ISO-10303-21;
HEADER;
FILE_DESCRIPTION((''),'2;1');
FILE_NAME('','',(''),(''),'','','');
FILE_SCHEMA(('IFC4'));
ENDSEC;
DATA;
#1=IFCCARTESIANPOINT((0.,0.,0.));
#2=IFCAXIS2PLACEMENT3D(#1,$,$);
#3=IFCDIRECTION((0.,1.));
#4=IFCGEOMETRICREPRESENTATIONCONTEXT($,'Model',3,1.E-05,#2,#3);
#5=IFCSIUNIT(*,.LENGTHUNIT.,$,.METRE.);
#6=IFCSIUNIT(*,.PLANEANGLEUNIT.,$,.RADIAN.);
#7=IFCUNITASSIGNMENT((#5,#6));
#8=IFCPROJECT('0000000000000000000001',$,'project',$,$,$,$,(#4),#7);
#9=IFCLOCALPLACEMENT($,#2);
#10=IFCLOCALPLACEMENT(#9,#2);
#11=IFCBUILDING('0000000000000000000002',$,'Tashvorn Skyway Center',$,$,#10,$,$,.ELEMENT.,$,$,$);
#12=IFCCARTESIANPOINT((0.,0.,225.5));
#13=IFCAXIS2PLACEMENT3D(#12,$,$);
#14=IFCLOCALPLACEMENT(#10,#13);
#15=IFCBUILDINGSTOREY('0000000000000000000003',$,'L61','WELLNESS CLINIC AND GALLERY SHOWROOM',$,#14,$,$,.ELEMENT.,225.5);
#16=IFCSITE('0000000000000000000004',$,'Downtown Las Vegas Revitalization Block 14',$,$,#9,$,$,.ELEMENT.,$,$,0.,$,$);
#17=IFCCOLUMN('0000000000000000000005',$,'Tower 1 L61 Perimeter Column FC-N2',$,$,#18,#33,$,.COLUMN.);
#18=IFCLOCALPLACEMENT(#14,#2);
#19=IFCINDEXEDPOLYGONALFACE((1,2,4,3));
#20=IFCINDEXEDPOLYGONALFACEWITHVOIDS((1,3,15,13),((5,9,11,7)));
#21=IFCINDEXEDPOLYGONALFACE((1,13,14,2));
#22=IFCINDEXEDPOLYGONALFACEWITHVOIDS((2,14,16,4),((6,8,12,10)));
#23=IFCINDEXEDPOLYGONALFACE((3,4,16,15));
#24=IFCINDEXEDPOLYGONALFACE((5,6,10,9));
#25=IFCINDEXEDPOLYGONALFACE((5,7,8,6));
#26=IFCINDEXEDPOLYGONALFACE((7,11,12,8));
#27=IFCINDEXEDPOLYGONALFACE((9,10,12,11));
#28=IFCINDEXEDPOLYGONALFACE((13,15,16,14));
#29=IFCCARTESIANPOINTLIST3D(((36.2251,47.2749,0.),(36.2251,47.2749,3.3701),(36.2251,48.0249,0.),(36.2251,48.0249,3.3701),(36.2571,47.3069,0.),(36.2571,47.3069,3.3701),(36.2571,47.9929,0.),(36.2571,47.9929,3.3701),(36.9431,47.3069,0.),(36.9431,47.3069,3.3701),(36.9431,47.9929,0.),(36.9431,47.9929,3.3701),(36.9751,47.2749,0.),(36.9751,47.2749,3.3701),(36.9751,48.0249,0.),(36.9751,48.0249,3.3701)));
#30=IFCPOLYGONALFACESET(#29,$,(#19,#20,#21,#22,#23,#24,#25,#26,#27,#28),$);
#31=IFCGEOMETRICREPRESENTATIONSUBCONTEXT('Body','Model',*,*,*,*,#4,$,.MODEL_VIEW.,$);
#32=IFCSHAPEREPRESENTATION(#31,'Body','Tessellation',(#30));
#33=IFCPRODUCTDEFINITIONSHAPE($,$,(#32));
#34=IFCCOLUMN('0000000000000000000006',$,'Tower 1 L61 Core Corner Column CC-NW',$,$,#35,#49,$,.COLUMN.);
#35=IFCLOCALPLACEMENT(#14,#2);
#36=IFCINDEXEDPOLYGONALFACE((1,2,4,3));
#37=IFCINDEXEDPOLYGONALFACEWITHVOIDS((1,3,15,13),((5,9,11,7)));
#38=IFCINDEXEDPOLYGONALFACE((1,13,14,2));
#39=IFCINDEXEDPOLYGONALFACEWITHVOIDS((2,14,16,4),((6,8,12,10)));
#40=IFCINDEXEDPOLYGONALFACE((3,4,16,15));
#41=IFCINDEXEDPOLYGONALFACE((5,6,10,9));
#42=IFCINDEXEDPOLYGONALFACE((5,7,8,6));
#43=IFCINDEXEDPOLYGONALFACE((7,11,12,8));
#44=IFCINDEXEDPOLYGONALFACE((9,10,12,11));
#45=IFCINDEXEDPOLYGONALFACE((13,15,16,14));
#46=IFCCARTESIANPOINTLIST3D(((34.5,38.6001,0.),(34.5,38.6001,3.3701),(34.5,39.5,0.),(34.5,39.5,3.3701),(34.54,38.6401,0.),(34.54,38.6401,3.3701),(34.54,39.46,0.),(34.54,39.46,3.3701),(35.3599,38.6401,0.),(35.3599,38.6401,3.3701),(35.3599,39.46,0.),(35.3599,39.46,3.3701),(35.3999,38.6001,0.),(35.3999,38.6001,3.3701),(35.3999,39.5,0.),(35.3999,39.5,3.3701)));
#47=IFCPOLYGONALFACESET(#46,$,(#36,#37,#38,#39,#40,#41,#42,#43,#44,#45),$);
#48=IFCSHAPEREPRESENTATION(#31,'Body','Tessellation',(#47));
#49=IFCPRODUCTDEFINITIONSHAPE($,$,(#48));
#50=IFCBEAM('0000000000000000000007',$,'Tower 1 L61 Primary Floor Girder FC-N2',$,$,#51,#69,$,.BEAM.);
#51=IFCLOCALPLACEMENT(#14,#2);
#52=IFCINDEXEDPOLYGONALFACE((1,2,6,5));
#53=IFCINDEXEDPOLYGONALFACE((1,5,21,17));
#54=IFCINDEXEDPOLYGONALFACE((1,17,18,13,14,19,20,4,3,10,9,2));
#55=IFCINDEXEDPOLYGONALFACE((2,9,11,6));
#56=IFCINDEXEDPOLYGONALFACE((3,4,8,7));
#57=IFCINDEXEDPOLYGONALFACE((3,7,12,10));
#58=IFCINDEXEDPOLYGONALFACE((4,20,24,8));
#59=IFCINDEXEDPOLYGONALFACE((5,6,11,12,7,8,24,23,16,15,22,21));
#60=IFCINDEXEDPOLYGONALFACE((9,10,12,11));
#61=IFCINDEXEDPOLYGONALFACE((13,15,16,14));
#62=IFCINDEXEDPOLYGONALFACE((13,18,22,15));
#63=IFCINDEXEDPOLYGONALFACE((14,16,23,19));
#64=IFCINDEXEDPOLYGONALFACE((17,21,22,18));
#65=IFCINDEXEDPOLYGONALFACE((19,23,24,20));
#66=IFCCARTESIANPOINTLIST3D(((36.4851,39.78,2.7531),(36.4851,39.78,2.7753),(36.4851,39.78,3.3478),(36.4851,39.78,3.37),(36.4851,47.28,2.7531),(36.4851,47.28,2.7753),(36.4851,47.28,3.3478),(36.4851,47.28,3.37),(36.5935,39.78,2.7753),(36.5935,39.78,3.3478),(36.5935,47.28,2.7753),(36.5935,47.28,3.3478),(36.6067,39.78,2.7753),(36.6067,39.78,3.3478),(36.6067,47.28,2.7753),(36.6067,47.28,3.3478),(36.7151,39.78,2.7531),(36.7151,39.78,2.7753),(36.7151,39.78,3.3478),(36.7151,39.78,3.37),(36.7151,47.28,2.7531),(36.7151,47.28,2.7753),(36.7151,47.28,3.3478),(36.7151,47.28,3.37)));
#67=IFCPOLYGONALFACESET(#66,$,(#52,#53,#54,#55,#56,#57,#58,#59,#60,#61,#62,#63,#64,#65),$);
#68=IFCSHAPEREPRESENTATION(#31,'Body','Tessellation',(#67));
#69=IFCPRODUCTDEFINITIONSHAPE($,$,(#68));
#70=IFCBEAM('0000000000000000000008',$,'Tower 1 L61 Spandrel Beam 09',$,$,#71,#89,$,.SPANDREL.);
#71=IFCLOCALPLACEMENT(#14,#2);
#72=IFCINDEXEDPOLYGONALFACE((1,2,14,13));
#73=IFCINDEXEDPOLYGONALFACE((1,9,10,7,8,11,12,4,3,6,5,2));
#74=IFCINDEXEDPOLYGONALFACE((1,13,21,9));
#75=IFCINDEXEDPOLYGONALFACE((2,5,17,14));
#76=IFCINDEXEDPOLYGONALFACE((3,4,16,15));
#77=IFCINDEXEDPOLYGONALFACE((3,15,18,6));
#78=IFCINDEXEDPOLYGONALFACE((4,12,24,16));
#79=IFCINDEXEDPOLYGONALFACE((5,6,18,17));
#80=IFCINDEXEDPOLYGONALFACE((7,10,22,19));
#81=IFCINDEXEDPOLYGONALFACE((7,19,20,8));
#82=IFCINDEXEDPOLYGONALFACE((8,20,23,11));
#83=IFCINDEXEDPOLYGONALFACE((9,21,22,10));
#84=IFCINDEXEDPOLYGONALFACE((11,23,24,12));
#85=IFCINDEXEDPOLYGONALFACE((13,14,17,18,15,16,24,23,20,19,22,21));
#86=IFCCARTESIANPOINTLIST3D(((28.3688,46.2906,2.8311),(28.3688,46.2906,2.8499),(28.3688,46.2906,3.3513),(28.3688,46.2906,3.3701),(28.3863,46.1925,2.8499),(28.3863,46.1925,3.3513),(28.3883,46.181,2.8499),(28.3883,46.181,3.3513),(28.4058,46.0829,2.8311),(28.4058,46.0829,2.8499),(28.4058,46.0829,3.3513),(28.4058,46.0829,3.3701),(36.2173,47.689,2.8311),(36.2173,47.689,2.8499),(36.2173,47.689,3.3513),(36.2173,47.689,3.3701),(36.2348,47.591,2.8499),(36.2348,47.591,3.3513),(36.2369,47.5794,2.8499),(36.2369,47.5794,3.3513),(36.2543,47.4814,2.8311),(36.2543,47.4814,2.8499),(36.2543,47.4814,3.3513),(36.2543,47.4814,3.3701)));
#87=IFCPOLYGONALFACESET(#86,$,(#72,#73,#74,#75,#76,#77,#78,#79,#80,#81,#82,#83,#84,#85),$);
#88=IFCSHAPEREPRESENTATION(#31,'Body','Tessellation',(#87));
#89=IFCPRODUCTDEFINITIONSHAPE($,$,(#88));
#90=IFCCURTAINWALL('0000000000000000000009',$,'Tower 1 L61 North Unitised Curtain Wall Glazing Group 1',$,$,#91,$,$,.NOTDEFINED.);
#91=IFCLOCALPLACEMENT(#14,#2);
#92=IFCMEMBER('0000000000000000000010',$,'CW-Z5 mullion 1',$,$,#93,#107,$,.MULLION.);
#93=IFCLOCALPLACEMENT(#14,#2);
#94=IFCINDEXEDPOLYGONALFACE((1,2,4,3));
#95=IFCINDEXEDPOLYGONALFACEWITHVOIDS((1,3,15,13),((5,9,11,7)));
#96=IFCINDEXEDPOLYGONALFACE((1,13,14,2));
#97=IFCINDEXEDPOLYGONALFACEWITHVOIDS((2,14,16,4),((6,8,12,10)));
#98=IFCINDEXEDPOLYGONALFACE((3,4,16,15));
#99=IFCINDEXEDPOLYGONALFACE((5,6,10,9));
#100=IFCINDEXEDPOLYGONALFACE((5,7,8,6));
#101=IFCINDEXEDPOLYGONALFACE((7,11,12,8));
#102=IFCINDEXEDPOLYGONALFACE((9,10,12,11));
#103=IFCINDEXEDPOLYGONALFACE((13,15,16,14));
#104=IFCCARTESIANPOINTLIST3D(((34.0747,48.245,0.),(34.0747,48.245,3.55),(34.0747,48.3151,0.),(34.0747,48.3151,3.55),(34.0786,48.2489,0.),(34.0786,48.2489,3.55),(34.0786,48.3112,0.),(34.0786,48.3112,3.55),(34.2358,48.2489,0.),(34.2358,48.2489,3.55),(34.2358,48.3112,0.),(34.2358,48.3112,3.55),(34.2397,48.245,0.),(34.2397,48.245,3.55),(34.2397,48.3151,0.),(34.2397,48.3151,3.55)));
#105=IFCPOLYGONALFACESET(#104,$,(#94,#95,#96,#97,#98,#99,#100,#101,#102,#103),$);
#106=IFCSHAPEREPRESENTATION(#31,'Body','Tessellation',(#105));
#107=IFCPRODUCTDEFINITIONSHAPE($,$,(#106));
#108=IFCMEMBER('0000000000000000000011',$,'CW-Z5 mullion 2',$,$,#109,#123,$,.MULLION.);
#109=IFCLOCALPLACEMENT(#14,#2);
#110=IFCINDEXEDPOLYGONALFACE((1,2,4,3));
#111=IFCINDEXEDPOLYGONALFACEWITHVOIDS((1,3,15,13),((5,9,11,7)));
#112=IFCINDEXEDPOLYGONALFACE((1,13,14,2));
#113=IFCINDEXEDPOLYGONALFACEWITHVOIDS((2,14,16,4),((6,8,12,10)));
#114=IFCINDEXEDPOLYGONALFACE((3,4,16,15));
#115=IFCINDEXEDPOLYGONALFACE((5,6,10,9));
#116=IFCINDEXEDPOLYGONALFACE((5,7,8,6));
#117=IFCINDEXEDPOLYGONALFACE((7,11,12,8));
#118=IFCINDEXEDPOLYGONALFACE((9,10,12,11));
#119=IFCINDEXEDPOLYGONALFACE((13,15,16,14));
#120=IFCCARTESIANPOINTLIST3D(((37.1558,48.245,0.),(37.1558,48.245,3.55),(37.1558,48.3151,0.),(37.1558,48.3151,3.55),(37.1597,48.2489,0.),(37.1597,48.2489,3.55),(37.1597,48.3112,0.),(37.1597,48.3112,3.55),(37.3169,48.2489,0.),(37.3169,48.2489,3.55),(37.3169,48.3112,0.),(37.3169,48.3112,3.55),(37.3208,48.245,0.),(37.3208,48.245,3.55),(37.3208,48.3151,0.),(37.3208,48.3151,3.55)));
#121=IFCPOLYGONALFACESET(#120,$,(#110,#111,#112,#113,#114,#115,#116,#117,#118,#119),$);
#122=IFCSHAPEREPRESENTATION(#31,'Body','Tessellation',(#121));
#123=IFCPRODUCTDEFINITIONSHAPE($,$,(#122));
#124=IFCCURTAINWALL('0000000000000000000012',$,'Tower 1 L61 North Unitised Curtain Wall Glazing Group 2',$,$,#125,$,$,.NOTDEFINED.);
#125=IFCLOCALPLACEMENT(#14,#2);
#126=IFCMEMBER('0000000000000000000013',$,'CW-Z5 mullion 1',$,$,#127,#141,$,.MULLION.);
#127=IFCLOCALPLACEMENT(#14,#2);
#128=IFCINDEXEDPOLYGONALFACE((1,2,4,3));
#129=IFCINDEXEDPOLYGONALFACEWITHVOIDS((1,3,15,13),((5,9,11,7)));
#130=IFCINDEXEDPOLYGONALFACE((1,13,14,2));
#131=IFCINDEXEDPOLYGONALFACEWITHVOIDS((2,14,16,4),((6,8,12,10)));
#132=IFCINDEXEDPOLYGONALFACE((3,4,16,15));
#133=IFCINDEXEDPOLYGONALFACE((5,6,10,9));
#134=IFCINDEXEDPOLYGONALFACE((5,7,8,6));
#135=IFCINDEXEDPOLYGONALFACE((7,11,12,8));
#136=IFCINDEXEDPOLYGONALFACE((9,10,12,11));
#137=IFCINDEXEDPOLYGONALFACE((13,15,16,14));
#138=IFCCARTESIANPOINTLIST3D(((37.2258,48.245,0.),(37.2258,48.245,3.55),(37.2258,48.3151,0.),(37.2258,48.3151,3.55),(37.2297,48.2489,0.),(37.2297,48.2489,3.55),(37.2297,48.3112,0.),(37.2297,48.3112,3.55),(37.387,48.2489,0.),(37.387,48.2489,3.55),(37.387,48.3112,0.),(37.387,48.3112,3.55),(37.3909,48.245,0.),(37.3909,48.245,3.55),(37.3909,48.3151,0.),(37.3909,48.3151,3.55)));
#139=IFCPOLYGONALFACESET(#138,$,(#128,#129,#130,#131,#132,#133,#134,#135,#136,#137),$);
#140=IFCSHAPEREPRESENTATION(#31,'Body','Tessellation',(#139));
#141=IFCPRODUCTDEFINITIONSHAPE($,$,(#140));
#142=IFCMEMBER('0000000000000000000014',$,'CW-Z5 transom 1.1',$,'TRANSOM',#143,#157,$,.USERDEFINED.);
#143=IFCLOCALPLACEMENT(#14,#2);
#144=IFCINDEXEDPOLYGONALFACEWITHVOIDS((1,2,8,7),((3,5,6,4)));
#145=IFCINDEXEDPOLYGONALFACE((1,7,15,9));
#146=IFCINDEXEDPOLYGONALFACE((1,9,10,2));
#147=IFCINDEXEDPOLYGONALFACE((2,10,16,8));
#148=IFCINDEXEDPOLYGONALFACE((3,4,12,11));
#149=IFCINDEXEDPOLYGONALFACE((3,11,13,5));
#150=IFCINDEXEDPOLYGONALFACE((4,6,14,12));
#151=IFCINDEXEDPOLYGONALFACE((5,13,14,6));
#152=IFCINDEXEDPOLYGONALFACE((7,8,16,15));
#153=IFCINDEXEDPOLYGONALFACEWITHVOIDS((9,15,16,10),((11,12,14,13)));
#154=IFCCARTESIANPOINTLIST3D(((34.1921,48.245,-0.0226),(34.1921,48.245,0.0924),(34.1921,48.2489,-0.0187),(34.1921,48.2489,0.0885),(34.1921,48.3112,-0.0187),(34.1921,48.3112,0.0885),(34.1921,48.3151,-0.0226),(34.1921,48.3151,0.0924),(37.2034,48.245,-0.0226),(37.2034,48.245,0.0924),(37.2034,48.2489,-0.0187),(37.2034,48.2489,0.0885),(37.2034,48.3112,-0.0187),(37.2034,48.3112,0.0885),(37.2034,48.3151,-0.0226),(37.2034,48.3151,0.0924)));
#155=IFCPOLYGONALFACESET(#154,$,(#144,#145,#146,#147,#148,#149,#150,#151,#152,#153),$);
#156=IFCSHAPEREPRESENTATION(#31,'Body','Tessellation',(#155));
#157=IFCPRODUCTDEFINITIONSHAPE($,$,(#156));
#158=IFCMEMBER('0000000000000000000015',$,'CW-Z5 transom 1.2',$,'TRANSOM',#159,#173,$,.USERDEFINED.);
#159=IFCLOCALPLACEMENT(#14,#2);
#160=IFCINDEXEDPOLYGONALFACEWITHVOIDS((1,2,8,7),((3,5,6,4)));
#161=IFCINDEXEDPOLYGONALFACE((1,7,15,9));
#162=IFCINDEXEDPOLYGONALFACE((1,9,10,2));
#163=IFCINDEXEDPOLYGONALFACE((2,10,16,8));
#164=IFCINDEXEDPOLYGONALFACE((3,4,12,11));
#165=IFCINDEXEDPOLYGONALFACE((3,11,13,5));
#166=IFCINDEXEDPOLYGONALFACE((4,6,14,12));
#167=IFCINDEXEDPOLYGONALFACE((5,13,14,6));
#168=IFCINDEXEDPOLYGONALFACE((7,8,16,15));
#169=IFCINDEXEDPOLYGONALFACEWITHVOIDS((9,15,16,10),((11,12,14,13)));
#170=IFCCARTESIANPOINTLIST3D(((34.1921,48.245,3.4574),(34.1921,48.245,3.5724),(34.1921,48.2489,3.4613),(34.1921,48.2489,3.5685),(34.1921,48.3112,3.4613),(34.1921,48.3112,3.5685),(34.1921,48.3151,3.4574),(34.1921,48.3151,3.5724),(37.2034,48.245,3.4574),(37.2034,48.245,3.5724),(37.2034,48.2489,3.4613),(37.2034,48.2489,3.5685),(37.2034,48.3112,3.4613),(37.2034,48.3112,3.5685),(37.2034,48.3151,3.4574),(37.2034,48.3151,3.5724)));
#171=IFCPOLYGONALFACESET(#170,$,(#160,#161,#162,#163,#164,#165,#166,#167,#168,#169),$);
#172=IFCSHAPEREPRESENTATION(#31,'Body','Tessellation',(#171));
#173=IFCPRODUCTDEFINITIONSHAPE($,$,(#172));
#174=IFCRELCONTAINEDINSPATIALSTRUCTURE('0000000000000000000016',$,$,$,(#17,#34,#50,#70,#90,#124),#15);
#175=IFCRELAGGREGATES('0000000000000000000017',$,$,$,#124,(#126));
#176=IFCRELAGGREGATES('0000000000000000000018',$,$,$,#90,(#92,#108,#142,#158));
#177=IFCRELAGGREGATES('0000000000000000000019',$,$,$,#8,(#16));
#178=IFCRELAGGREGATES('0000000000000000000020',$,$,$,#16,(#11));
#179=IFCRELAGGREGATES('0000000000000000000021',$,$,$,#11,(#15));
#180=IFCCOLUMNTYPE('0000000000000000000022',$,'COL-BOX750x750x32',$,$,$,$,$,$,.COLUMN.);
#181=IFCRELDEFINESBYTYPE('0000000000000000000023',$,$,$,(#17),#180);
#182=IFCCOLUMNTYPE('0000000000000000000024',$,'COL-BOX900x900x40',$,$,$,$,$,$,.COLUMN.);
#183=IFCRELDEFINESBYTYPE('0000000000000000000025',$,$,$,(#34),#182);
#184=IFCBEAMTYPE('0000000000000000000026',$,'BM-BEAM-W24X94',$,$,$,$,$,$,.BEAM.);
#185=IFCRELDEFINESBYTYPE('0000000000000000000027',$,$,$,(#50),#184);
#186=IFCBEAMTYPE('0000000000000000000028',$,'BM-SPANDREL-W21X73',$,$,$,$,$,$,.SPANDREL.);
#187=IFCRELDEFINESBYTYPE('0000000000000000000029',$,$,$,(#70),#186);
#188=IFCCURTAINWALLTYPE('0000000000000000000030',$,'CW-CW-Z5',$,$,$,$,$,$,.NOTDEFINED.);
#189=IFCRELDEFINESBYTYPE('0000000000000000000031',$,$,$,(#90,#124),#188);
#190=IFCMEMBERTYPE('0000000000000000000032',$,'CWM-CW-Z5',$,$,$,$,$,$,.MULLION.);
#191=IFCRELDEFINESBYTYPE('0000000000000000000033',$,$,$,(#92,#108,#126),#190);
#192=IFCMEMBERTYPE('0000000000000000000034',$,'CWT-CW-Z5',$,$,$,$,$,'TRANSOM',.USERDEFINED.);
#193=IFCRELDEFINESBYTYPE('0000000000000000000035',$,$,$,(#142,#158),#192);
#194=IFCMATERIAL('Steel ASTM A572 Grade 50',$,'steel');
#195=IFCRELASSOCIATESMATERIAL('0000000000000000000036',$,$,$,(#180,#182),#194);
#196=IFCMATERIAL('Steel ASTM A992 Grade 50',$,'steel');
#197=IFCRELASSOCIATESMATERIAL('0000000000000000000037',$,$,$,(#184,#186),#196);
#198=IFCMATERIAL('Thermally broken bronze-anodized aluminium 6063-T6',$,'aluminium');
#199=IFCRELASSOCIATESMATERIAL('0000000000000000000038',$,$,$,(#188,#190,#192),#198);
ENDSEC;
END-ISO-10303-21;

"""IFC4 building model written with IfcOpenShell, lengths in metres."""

from ifc_helpers import new_model, si_unit, direction, frame, origin, origin_2d, place, context, subcontext, project, spatial, hollow_rectangle, i_section, extrude, material, material_profile, profile_set, type_object, element, aggregate, save


model = new_model("IFC4")

# Units and contexts
model_context = context("Model", 3, precision=1e-05, world=origin(), true_north=direction((0.0, 1.0)))
body_context = subcontext(model_context, "Body", "Model", "MODEL_VIEW")
ifc_project = project(units=[si_unit("LENGTHUNIT", "METRE"), si_unit("PLANEANGLEUNIT", "RADIAN")], contexts=[model_context])

# Site, building, storey
site_placement = place(None, origin())
site = spatial("IfcSite", under=ifc_project, at=site_placement, Name="Downtown Las Vegas Revitalization Block 14", CompositionType="ELEMENT", RefElevation=0.0)
building_placement = place(site_placement, origin())
building = spatial("IfcBuilding", under=site, at=building_placement, Name="Tashvorn Skyway Center", CompositionType="ELEMENT")
storey_placement = place(building_placement, frame((0.0, 0.0, 225.5)))
storey = spatial("IfcBuildingStorey", under=building, at=storey_placement, Name="L61", Description="WELLNESS CLINIC AND GALLERY SHOWROOM", CompositionType="ELEMENT", Elevation=225.5)

# Columns
ifc_material_1 = material(Name="Steel ASTM A572 Grade 50", Category="steel")
ifc_material_profile_1 = material_profile(ifc_material_1, hollow_rectangle(XDim=0.75, YDim=0.75, WallThickness=0.032, at=origin_2d()), Name="BOX750x750x32")
ifc_profile_set_1 = profile_set([ifc_material_profile_1], Name="Steel ASTM A572 Grade 50")
column_type_1 = type_object("IfcColumnType", Name="COL-BOX750x750x32", PredefinedType="COLUMN", material=ifc_profile_set_1)
column_1_placement = place(storey_placement, frame((36.6001, 47.6499, 0.0), z_axis=(0.0, 0.0, 1.0), x_axis=(1.0, 0.0, 0.0)))
element("IfcColumn", 1, at=column_1_placement, inside=storey, type_object=column_type_1, Name="Tower 1 L61 Perimeter Column FC-N2", PredefinedType="COLUMN", context=body_context, shape_type="SweptSolid", body=[
    extrude(hollow_rectangle(XDim=0.75, YDim=0.75, WallThickness=0.032, at=origin_2d()), origin(), (0.0, 0.0, 1.0), 3.3701),
])
ifc_material_profile_2 = material_profile(ifc_material_1, hollow_rectangle(XDim=0.8999, YDim=0.8999, WallThickness=0.04, at=origin_2d()), Name="BOX900x900x40")
ifc_profile_set_2 = profile_set([ifc_material_profile_2], Name="Steel ASTM A572 Grade 50")
column_type_2 = type_object("IfcColumnType", Name="COL-BOX900x900x40", PredefinedType="COLUMN", material=ifc_profile_set_2)
column_2_placement = place(storey_placement, frame((34.95, 39.05, 0.0), z_axis=(0.0, 0.0, 1.0), x_axis=(1.0, 0.0, 0.0)))
element("IfcColumn", 2, at=column_2_placement, inside=storey, type_object=column_type_2, Name="Tower 1 L61 Core Corner Column CC-NW", PredefinedType="COLUMN", context=body_context, shape_type="SweptSolid", body=[
    extrude(hollow_rectangle(XDim=0.8999, YDim=0.8999, WallThickness=0.04, at=origin_2d()), origin(), (0.0, 0.0, 1.0), 3.3701),
])

# Beams
ifc_material_2 = material(Name="Steel ASTM A992 Grade 50", Category="steel")
ifc_material_profile_3 = material_profile(ifc_material_2, i_section(OverallWidth=0.23, OverallDepth=0.6169, WebThickness=0.0132, FlangeThickness=0.0222, at=origin_2d()), Name="W24X94")
ifc_profile_set_3 = profile_set([ifc_material_profile_3], Name="Steel ASTM A992 Grade 50")
beam_type_1 = type_object("IfcBeamType", Name="BM-BEAM-W24X94", PredefinedType="BEAM", material=ifc_profile_set_3)
beam_1_placement = place(storey_placement, frame((36.6001, 47.28, 3.0615), z_axis=(0.0, -1.0, 0.0), x_axis=(1.0, 0.0, 0.0)))
element("IfcBeam", 3, at=beam_1_placement, inside=storey, type_object=beam_type_1, Name="Tower 1 L61 Primary Floor Girder FC-N2", PredefinedType="BEAM", context=body_context, shape_type="SweptSolid", body=[
    extrude(i_section(OverallWidth=0.23, OverallDepth=0.6169, WebThickness=0.0132, FlangeThickness=0.0222, at=origin_2d()), origin(), (0.0, 0.0, 1.0), 7.5),
])
ifc_material_profile_4 = material_profile(ifc_material_2, i_section(OverallWidth=0.2109, OverallDepth=0.5391, WebThickness=0.0117, FlangeThickness=0.0188, at=origin_2d()), Name="W21X73")
ifc_profile_set_4 = profile_set([ifc_material_profile_4], Name="Steel ASTM A992 Grade 50")
beam_type_2 = type_object("IfcBeamType", Name="BM-SPANDREL-W21X73", PredefinedType="SPANDREL", material=ifc_profile_set_4)
beam_2_placement = place(storey_placement, frame((36.2358, 47.5852, 3.1006), z_axis=(-0.984495, -0.175413, 0.0), x_axis=(0.175413, -0.984495, 0.0)))
element("IfcBeam", 4, at=beam_2_placement, inside=storey, type_object=beam_type_2, Name="Tower 1 L61 Spandrel Beam 09", PredefinedType="SPANDREL", context=body_context, shape_type="SweptSolid", body=[
    extrude(i_section(OverallWidth=0.2109, OverallDepth=0.5391, WebThickness=0.0117, FlangeThickness=0.0188, at=origin_2d()), origin(), (0.0, 0.0, 1.0), 7.9722),
])

# Curtain wall, members
ifc_material_3 = material(Name="Thermally broken bronze-anodized aluminium 6063-T6", Category="aluminium")
curtain_wall_type = type_object("IfcCurtainWallType", Name="CW-CW-Z5", PredefinedType="NOTDEFINED", material=ifc_material_3)
curtain_wall_1_placement = place(storey_placement, origin())
curtain_wall_1 = element("IfcCurtainWall", 5, at=curtain_wall_1_placement, inside=storey, type_object=curtain_wall_type, Name="Tower 1 L61 North Unitised Curtain Wall Glazing Group 1", PredefinedType="NOTDEFINED")
ifc_material_profile_5 = material_profile(ifc_material_3, hollow_rectangle(XDim=0.0701, YDim=0.165, WallThickness=0.0039, at=origin_2d()), Name="ALU-MULL-70x165")
ifc_profile_set_5 = profile_set([ifc_material_profile_5], Name="Thermally broken bronze-anodized aluminium 6063-T6")
member_type_1 = type_object("IfcMemberType", Name="CWM-CW-Z5", PredefinedType="MULLION", material=ifc_profile_set_5)
member_1_placement = place(storey_placement, frame((34.1572, 48.28, 0.0), z_axis=(0.0, 0.0, 1.0), x_axis=(0.0, 1.0, 0.0)))
member_1 = element("IfcMember", 6, at=member_1_placement, type_object=member_type_1, Name="CW-Z5 mullion 1", PredefinedType="MULLION", context=body_context, shape_type="SweptSolid", body=[
    extrude(hollow_rectangle(XDim=0.0701, YDim=0.165, WallThickness=0.0039, at=origin_2d()), origin(), (0.0, 0.0, 1.0), 3.55),
])
member_2_placement = place(storey_placement, frame((37.2383, 48.28, 0.0), z_axis=(0.0, 0.0, 1.0), x_axis=(0.0, 1.0, 0.0)))
member_2 = element("IfcMember", 7, at=member_2_placement, type_object=member_type_1, Name="CW-Z5 mullion 2", PredefinedType="MULLION", context=body_context, shape_type="SweptSolid", body=[
    extrude(hollow_rectangle(XDim=0.0701, YDim=0.165, WallThickness=0.0039, at=origin_2d()), origin(), (0.0, 0.0, 1.0), 3.55),
])

# Curtain wall, member
curtain_wall_2_placement = place(storey_placement, origin())
curtain_wall_2 = element("IfcCurtainWall", 8, at=curtain_wall_2_placement, inside=storey, type_object=curtain_wall_type, Name="Tower 1 L61 North Unitised Curtain Wall Glazing Group 2", PredefinedType="NOTDEFINED")
member_3_placement = place(storey_placement, frame((37.3083, 48.28, 0.0), z_axis=(0.0, 0.0, 1.0), x_axis=(0.0, 1.0, 0.0)))
member_3 = element("IfcMember", 9, at=member_3_placement, type_object=member_type_1, Name="CW-Z5 mullion 1", PredefinedType="MULLION", context=body_context, shape_type="SweptSolid", body=[
    extrude(hollow_rectangle(XDim=0.0701, YDim=0.165, WallThickness=0.0039, at=origin_2d()), origin(), (0.0, 0.0, 1.0), 3.55),
])

# Members
ifc_material_profile_6 = material_profile(ifc_material_3, hollow_rectangle(XDim=0.0701, YDim=0.115, WallThickness=0.0039, at=origin_2d()), Name="ALU-TRAN-70x115")
ifc_profile_set_6 = profile_set([ifc_material_profile_6], Name="Thermally broken bronze-anodized aluminium 6063-T6")
member_type_2 = type_object("IfcMemberType", Name="CWT-CW-Z5", ElementType="TRANSOM", PredefinedType="USERDEFINED", material=ifc_profile_set_6)
member_4_placement = place(storey_placement, frame((34.1921, 48.28, 0.0349), z_axis=(1.0, 0.0, 0.0), x_axis=(0.0, 1.0, 0.0)))
member_4 = element("IfcMember", 10, at=member_4_placement, type_object=member_type_2, Name="CW-Z5 transom 1.1", ObjectType="TRANSOM", PredefinedType="USERDEFINED", context=body_context, shape_type="SweptSolid", body=[
    extrude(hollow_rectangle(XDim=0.0701, YDim=0.115, WallThickness=0.0039, at=origin_2d()), origin(), (0.0, 0.0, 1.0), 3.0112),
])
member_5_placement = place(storey_placement, frame((34.1921, 48.28, 3.5149), z_axis=(1.0, 0.0, 0.0), x_axis=(0.0, 1.0, 0.0)))
member_5 = element("IfcMember", 11, at=member_5_placement, type_object=member_type_2, Name="CW-Z5 transom 1.2", ObjectType="TRANSOM", PredefinedType="USERDEFINED", context=body_context, shape_type="SweptSolid", body=[
    extrude(hollow_rectangle(XDim=0.0701, YDim=0.115, WallThickness=0.0039, at=origin_2d()), origin(), (0.0, 0.0, 1.0), 3.0112),
])
aggregate(curtain_wall_2, [member_3])

aggregate(curtain_wall_1, [member_1, member_2, member_4, member_5])

save(model, "model.ifc")
